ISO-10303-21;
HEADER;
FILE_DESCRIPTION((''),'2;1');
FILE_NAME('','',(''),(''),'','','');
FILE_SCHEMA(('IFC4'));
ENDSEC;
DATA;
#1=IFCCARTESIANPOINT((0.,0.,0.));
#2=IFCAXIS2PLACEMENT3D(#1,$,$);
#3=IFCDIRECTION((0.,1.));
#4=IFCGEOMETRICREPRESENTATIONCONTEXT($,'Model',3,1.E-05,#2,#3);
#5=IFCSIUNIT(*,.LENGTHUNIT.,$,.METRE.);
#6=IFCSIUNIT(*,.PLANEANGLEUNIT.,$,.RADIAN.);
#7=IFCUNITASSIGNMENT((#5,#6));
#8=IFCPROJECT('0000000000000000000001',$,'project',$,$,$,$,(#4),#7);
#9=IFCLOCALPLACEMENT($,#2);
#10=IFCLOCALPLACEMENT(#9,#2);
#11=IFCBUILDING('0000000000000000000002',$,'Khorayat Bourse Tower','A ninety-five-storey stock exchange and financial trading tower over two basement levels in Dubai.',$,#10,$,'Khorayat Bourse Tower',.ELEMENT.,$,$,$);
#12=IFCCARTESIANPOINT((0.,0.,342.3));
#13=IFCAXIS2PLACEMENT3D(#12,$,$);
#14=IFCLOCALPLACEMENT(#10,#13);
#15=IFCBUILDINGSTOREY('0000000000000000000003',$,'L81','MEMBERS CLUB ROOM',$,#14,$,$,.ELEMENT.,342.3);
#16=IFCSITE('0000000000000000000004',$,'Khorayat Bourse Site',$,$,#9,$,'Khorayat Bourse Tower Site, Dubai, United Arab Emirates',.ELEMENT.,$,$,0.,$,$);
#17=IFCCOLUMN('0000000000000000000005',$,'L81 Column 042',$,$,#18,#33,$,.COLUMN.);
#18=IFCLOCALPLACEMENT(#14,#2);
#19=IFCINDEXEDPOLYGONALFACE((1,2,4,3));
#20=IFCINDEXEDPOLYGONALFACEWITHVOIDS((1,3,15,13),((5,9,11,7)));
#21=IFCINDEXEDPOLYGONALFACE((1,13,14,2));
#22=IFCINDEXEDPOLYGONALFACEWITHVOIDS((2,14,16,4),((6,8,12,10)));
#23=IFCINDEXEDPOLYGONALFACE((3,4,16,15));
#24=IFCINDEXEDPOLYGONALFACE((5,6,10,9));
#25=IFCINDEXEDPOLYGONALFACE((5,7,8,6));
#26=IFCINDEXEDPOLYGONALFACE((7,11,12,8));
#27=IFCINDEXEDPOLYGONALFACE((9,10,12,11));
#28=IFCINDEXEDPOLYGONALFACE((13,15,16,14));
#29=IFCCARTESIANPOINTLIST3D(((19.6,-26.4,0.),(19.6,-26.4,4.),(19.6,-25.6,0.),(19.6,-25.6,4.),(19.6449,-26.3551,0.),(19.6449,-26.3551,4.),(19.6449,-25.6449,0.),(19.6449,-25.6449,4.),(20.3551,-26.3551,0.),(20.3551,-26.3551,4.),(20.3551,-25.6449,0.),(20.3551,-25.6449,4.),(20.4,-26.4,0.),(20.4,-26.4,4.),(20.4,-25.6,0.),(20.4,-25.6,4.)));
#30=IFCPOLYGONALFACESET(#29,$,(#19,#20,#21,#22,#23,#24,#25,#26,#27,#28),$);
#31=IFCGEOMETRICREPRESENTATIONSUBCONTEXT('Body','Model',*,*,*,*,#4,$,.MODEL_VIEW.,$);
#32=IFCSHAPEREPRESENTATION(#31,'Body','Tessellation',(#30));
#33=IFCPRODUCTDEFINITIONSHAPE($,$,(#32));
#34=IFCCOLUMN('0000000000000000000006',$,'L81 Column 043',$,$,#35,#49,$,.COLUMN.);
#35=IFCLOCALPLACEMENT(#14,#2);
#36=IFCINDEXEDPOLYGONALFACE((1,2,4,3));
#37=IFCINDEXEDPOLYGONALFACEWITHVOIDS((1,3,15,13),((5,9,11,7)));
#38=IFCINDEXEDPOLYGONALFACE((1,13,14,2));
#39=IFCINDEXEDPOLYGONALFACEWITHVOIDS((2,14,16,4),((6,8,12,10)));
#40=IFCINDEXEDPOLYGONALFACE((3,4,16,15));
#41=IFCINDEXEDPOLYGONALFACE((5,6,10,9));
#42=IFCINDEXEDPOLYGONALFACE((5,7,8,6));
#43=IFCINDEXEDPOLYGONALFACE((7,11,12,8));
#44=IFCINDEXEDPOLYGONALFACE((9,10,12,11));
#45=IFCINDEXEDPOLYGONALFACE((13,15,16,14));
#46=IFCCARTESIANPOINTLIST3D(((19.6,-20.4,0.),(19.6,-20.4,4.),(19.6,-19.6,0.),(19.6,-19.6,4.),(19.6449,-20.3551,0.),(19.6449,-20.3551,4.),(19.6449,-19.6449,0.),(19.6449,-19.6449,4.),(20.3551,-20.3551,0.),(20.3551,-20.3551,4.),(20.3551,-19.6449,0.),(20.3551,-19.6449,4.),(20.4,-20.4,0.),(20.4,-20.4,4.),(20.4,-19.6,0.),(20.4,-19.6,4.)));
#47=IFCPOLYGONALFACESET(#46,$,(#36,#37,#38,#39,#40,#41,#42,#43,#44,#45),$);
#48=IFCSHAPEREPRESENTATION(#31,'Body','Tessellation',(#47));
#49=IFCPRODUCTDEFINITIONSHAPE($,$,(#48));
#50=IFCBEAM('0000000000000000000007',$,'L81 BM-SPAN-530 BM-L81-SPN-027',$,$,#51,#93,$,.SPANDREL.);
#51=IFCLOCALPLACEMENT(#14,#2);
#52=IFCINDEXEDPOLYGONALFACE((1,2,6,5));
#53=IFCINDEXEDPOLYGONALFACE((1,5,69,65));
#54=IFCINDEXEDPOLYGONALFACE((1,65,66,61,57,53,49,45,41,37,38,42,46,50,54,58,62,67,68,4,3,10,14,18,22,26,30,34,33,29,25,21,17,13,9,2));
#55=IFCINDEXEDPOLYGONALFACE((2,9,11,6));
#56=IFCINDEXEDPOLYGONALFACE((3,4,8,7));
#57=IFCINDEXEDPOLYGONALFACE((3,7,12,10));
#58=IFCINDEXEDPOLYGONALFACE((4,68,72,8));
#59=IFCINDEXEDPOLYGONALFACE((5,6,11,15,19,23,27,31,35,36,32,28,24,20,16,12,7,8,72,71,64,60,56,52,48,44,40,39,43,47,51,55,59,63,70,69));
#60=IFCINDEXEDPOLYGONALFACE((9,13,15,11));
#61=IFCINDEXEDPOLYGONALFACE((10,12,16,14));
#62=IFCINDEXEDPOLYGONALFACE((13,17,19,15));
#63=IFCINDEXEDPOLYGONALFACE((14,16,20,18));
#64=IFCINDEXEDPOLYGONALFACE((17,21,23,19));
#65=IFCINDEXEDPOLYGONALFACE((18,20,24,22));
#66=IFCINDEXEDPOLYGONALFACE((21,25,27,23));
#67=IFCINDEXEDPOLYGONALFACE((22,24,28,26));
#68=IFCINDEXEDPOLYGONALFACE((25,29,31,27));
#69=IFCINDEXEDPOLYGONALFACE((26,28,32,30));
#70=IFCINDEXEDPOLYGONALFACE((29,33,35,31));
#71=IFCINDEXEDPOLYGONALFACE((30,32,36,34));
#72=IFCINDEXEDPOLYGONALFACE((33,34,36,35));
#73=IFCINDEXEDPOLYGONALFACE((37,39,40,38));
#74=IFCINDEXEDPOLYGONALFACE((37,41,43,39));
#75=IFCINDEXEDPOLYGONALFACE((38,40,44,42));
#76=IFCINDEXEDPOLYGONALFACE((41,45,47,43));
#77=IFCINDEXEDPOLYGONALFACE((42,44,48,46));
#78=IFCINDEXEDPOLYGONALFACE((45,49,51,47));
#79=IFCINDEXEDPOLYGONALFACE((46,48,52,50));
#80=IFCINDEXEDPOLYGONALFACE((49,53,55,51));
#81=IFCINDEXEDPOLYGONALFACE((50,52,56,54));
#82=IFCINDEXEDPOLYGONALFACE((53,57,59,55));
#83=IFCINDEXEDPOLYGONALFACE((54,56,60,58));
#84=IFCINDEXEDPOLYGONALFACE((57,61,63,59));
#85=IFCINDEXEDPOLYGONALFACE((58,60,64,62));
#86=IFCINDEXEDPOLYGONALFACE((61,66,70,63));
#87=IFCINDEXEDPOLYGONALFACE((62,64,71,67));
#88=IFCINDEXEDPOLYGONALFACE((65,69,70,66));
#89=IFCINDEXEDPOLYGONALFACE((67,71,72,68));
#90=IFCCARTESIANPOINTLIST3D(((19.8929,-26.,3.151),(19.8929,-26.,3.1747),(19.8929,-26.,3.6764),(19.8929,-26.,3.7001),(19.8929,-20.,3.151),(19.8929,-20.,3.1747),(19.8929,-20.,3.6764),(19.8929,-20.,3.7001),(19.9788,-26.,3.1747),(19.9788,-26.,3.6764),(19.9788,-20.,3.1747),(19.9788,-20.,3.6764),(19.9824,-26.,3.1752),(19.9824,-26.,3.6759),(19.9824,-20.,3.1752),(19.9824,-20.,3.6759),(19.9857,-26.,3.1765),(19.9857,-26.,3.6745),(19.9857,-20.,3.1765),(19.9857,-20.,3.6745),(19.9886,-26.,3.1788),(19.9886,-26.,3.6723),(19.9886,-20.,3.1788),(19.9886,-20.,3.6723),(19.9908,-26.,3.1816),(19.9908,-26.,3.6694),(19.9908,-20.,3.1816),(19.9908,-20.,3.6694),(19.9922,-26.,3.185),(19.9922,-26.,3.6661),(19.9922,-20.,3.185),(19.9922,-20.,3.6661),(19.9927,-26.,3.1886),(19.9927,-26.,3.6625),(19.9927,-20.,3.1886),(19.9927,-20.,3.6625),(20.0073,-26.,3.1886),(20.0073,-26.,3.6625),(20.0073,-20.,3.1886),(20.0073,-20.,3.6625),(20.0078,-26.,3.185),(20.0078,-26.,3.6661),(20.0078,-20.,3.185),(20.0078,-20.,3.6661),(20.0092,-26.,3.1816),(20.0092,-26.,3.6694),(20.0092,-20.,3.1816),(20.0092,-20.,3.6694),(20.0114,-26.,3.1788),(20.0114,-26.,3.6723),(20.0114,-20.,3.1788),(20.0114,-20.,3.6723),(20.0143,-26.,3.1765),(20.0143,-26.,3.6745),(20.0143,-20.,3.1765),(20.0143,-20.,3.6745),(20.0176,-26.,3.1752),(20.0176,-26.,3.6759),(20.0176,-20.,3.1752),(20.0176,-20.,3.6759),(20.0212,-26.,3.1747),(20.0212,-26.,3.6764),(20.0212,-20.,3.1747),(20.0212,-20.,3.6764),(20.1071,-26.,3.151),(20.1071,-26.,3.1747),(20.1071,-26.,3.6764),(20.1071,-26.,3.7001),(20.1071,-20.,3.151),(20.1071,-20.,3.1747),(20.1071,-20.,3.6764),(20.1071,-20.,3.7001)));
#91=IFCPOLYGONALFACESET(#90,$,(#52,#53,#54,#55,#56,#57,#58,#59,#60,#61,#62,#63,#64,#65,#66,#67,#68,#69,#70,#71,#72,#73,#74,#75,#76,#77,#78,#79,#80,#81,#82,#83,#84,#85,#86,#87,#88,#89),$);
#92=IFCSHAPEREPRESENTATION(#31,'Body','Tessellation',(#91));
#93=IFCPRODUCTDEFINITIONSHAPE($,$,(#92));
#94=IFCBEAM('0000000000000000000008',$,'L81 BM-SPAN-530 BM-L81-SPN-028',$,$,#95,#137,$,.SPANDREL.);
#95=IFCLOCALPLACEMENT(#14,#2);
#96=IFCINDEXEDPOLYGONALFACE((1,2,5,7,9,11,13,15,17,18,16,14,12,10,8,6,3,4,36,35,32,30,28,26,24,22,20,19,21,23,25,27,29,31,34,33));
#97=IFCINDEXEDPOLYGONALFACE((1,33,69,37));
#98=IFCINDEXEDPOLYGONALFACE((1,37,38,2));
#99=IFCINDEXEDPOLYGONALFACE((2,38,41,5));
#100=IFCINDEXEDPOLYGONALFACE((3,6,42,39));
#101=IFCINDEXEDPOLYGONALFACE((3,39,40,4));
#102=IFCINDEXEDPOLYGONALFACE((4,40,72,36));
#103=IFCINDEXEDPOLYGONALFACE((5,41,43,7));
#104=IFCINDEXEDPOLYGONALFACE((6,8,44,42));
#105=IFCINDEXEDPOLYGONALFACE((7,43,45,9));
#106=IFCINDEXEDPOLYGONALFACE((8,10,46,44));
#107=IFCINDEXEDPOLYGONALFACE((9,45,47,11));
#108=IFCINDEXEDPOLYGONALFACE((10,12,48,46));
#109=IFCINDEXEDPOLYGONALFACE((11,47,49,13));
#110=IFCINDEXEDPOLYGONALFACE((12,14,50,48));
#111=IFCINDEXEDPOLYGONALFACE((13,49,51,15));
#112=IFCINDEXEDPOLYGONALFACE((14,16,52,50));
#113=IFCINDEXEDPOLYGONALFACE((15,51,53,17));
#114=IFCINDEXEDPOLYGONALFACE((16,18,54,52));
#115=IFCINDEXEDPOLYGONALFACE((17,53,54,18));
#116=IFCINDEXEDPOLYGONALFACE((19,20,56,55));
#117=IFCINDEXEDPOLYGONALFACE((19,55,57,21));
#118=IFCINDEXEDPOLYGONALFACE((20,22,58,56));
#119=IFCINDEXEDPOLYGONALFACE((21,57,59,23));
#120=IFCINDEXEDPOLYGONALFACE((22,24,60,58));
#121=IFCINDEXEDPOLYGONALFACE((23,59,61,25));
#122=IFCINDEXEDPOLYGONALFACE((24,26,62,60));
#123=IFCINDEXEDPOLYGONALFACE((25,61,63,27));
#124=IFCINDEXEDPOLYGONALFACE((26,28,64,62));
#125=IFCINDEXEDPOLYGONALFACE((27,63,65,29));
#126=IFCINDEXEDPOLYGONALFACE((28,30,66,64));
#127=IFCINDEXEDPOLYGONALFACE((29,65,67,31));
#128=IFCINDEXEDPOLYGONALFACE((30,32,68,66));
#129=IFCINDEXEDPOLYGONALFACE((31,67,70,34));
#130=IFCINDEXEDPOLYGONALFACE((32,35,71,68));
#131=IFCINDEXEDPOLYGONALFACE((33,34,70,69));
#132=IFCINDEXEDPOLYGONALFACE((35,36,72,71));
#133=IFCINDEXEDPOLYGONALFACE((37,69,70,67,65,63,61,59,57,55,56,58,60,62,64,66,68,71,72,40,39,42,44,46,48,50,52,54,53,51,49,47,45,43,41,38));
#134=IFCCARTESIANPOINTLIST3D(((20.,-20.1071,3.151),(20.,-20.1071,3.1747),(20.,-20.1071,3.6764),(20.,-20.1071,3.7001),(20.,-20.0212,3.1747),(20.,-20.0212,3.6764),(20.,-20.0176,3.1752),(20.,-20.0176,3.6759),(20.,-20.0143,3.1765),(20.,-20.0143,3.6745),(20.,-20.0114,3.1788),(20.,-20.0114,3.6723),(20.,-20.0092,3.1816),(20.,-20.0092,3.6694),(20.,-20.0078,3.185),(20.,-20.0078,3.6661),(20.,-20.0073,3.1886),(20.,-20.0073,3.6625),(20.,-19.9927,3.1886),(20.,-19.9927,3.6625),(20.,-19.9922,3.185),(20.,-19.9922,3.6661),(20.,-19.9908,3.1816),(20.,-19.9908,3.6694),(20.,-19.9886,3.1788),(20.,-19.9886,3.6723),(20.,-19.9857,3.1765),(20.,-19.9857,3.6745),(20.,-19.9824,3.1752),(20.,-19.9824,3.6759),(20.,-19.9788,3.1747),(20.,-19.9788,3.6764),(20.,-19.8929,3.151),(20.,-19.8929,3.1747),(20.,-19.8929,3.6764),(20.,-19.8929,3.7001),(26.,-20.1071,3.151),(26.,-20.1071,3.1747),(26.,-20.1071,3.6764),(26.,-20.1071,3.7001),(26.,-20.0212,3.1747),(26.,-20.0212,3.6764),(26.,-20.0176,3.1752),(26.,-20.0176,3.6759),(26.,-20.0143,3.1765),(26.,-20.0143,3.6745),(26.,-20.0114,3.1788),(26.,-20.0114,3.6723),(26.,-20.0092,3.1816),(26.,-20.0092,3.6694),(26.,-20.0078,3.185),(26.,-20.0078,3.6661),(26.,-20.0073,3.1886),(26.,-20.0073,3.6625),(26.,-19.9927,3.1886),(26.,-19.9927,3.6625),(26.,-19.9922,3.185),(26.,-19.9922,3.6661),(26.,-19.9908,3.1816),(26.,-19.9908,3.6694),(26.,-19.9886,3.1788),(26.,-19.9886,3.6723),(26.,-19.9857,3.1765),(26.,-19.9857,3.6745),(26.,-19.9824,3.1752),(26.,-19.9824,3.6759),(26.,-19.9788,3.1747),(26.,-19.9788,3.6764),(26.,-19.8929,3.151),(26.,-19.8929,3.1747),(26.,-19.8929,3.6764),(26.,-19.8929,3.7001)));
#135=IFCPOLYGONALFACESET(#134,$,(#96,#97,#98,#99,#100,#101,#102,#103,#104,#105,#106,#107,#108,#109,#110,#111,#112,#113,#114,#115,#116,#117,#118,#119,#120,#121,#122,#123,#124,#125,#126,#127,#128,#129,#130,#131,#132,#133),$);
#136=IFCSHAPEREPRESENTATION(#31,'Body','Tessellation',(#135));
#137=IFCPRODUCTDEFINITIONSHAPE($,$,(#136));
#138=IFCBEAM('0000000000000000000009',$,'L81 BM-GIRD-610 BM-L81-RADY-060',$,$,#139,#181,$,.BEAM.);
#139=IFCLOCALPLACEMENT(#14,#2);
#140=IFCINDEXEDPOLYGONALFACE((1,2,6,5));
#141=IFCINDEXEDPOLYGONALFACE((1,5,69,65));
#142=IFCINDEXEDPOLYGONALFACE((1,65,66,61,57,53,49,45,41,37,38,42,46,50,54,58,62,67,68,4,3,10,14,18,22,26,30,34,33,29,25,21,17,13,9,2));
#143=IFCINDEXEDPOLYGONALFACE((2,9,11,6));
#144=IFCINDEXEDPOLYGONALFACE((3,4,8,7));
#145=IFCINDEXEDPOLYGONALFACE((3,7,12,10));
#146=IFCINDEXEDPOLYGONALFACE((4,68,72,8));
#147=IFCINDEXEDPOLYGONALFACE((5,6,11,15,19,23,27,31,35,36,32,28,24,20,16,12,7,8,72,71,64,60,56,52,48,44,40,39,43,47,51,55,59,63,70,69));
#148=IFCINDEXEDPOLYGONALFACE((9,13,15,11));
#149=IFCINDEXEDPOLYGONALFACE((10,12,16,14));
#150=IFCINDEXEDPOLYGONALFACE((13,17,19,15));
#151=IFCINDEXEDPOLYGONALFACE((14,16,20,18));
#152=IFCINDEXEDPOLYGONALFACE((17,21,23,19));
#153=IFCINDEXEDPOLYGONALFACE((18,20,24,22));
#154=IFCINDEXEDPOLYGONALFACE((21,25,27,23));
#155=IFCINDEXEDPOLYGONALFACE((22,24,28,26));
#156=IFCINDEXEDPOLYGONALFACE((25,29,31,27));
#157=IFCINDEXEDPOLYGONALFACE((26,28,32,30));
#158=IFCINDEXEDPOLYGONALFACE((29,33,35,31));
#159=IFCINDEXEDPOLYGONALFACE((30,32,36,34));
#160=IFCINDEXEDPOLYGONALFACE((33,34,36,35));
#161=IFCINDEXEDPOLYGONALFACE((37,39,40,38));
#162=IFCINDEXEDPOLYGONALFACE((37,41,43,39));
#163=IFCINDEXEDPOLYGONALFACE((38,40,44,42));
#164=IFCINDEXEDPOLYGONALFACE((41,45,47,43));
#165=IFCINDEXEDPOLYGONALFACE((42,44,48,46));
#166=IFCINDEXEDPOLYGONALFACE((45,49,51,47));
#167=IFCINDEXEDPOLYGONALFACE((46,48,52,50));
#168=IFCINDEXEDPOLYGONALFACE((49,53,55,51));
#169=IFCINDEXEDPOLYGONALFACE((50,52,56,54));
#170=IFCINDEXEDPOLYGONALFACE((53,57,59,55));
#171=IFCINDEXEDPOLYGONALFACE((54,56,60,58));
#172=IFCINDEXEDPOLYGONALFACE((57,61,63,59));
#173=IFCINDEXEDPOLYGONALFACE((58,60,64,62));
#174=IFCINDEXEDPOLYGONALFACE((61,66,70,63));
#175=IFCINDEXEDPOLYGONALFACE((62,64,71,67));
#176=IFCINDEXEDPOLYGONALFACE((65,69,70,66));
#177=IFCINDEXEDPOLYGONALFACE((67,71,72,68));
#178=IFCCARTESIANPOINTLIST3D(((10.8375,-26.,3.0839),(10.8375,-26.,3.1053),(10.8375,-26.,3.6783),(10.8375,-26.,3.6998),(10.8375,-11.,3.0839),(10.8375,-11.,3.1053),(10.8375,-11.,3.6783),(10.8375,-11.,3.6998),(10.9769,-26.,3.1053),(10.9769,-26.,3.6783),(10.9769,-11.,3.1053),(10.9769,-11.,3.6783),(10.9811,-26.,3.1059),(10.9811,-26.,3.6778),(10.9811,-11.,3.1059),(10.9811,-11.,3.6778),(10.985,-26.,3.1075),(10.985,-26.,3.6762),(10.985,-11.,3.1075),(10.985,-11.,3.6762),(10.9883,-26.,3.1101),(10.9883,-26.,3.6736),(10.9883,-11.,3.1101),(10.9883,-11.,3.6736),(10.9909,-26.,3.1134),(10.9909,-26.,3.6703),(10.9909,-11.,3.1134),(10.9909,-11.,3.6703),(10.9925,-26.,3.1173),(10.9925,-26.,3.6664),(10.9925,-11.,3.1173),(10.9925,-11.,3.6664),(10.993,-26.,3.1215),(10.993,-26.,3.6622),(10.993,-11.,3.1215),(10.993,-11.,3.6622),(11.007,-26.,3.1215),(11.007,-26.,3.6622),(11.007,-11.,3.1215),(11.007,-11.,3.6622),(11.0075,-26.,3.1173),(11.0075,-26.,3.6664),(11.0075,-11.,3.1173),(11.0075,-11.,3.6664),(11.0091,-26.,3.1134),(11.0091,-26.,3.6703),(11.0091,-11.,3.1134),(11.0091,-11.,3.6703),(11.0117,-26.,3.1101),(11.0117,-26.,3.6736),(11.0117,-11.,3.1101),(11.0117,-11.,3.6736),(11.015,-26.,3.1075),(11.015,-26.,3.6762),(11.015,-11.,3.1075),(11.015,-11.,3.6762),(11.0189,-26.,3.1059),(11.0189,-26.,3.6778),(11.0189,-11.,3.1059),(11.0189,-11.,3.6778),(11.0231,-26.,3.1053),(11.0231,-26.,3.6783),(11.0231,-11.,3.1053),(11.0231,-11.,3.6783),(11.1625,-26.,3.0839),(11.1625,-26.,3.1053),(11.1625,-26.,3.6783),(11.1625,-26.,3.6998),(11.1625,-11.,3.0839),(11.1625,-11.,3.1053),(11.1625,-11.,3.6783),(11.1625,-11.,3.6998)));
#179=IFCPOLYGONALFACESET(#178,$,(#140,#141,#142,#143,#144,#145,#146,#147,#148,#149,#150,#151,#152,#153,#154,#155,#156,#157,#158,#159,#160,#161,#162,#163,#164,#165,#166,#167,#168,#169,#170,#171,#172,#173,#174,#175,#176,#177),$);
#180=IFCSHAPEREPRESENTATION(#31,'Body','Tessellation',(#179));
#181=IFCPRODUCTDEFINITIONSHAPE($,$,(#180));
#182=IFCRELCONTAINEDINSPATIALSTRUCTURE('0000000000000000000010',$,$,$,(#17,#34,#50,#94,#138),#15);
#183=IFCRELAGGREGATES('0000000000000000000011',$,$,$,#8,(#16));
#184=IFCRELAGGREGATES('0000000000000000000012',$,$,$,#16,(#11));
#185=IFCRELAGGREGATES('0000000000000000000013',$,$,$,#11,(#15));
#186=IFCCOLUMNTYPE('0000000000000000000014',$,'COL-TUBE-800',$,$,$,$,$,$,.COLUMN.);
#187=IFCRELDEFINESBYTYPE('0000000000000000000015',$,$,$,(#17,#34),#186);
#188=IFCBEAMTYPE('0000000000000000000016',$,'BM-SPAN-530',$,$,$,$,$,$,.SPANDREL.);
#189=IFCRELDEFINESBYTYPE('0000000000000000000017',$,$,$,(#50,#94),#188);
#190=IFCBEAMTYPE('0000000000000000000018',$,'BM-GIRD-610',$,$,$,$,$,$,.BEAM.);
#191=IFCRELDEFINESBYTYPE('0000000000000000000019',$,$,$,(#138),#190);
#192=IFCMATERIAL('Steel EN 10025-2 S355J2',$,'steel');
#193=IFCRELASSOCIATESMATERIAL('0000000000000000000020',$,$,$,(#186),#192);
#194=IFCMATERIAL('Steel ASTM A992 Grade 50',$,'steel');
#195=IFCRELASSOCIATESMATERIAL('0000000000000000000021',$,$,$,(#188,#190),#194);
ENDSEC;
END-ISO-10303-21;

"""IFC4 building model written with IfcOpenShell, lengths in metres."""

from ifc_helpers import new_model, si_unit, direction, frame, origin, origin_2d, place, context, subcontext, project, spatial, hollow_rectangle, i_section, extrude, source, transform, mapped, material, material_profile, profile_set, type_object, element, save


model = new_model("IFC4")

# Units and contexts
model_context = context("Model", 3, precision=1e-05, world=origin(), true_north=direction((0.0, 1.0)))
body_context = subcontext(model_context, "Body", "Model", "MODEL_VIEW")
ifc_project = project(units=[si_unit("LENGTHUNIT", "METRE"), si_unit("PLANEANGLEUNIT", "RADIAN")], contexts=[model_context])

# Site, building, storey
site_placement = place(None, origin())
site = spatial("IfcSite", under=ifc_project, at=site_placement, Name="Khorayat Bourse Site", LongName="Khorayat Bourse Tower Site, Dubai, United Arab Emirates", CompositionType="ELEMENT", RefElevation=0.0)
building_placement = place(site_placement, origin())
building = spatial("IfcBuilding", under=site, at=building_placement, Name="Khorayat Bourse Tower", Description="A ninety-five-storey stock exchange and financial trading tower over two basement levels in Dubai.", LongName="Khorayat Bourse Tower", CompositionType="ELEMENT")
storey_placement = place(building_placement, frame((0.0, 0.0, 342.3)))
storey = spatial("IfcBuildingStorey", under=building, at=storey_placement, Name="L81", Description="MEMBERS CLUB ROOM", CompositionType="ELEMENT", Elevation=342.3)

# Columns
ifc_material_1 = material(Name="Steel EN 10025-2 S355J2", Category="steel")
ifc_material_profile_1 = material_profile(ifc_material_1, hollow_rectangle(XDim=0.8, YDim=0.8, WallThickness=0.0449, at=origin_2d()), Name="BOX 800x800x45")
ifc_profile_set_1 = profile_set([ifc_material_profile_1], Name="Steel EN 10025-2 S355J2")
column_type = type_object("IfcColumnType", Name="COL-TUBE-800", PredefinedType="COLUMN", material=ifc_profile_set_1)
shared_shape_1 = source(origin(), body_context, "Body", "SweptSolid", [
    extrude(hollow_rectangle(XDim=0.8, YDim=0.8, WallThickness=0.0449, at=origin_2d()), origin(), (0.0, 0.0, 1.0), 4.0),
])
for number, where, z_axis, x_axis, name in (
    (1, (20.0, -26.0, 0.0), (0.0, 0.0, 1.0), (1.0, 0.0, 0.0), "L81 Column 042"),
    (2, (20.0, -20.0, 0.0), (0.0, 0.0, 1.0), (1.0, 0.0, 0.0), "L81 Column 043"),
):
    element("IfcColumn", number, at=place(storey_placement, frame(where, z_axis=z_axis, x_axis=x_axis)), inside=storey, type_object=column_type, Name=name, PredefinedType="COLUMN", context=body_context, shape_type="MappedRepresentation", body=[
        mapped(shared_shape_1, transform((0.0, 0.0, 0.0), scale=1.0)),
    ])

# Beams
ifc_material_2 = material(Name="Steel ASTM A992 Grade 50", Category="steel")
ifc_material_profile_2 = material_profile(ifc_material_2, i_section(OverallWidth=0.2141, OverallDepth=0.5491, WebThickness=0.0146, FlangeThickness=0.0237, FilletRadius=0.0139, at=origin_2d()), Name="W530X138")
ifc_profile_set_2 = profile_set([ifc_material_profile_2], Name="Steel ASTM A992 Grade 50")
beam_type_1 = type_object("IfcBeamType", Name="BM-SPAN-530", PredefinedType="SPANDREL", material=ifc_profile_set_2)
shared_shape_2 = source(origin(), body_context, "Body", "SweptSolid", [
    extrude(i_section(OverallWidth=0.2141, OverallDepth=0.5491, WebThickness=0.0146, FlangeThickness=0.0237, FilletRadius=0.0139, at=origin_2d()), origin(), (0.0, 0.0, 1.0), 6.0),
])
for number, where, z_axis, x_axis, name in (
    (3, (20.0, -26.0, 3.4255), (0.0, 1.0, 0.0), (-1.0, 0.0, 0.0), "L81 BM-SPAN-530 BM-L81-SPN-027"),
    (4, (20.0, -20.0, 3.4255), (1.0, 0.0, 0.0), (0.0, 1.0, 0.0), "L81 BM-SPAN-530 BM-L81-SPN-028"),
):
    element("IfcBeam", number, at=place(storey_placement, frame(where, z_axis=z_axis, x_axis=x_axis)), inside=storey, type_object=beam_type_1, Name=name, PredefinedType="SPANDREL", context=body_context, shape_type="MappedRepresentation", body=[
        mapped(shared_shape_2, transform((0.0, 0.0, 0.0), scale=1.0)),
    ])
ifc_material_profile_3 = material_profile(ifc_material_2, i_section(OverallWidth=0.325, OverallDepth=0.616, WebThickness=0.0139, FlangeThickness=0.0215, FilletRadius=0.0161, at=origin_2d()), Name="W610X174")
ifc_profile_set_3 = profile_set([ifc_material_profile_3], Name="Steel ASTM A992 Grade 50")
beam_type_2 = type_object("IfcBeamType", Name="BM-GIRD-610", PredefinedType="BEAM", material=ifc_profile_set_3)
shared_shape_3 = source(origin(), body_context, "Body", "SweptSolid", [
    extrude(i_section(OverallWidth=0.325, OverallDepth=0.616, WebThickness=0.0139, FlangeThickness=0.0215, FilletRadius=0.0161, at=origin_2d()), origin(), (0.0, 0.0, 1.0), 15.0),
])
beam_placement = place(storey_placement, frame((11.0, -26.0, 3.3918), z_axis=(0.0, 1.0, 0.0), x_axis=(-1.0, 0.0, 0.0)))
element("IfcBeam", 5, at=beam_placement, inside=storey, type_object=beam_type_2, Name="L81 BM-GIRD-610 BM-L81-RADY-060", PredefinedType="BEAM", context=body_context, shape_type="MappedRepresentation", body=[
    mapped(shared_shape_3, transform((0.0, 0.0, 0.0), scale=1.0)),
])

save(model, "model.ifc")
